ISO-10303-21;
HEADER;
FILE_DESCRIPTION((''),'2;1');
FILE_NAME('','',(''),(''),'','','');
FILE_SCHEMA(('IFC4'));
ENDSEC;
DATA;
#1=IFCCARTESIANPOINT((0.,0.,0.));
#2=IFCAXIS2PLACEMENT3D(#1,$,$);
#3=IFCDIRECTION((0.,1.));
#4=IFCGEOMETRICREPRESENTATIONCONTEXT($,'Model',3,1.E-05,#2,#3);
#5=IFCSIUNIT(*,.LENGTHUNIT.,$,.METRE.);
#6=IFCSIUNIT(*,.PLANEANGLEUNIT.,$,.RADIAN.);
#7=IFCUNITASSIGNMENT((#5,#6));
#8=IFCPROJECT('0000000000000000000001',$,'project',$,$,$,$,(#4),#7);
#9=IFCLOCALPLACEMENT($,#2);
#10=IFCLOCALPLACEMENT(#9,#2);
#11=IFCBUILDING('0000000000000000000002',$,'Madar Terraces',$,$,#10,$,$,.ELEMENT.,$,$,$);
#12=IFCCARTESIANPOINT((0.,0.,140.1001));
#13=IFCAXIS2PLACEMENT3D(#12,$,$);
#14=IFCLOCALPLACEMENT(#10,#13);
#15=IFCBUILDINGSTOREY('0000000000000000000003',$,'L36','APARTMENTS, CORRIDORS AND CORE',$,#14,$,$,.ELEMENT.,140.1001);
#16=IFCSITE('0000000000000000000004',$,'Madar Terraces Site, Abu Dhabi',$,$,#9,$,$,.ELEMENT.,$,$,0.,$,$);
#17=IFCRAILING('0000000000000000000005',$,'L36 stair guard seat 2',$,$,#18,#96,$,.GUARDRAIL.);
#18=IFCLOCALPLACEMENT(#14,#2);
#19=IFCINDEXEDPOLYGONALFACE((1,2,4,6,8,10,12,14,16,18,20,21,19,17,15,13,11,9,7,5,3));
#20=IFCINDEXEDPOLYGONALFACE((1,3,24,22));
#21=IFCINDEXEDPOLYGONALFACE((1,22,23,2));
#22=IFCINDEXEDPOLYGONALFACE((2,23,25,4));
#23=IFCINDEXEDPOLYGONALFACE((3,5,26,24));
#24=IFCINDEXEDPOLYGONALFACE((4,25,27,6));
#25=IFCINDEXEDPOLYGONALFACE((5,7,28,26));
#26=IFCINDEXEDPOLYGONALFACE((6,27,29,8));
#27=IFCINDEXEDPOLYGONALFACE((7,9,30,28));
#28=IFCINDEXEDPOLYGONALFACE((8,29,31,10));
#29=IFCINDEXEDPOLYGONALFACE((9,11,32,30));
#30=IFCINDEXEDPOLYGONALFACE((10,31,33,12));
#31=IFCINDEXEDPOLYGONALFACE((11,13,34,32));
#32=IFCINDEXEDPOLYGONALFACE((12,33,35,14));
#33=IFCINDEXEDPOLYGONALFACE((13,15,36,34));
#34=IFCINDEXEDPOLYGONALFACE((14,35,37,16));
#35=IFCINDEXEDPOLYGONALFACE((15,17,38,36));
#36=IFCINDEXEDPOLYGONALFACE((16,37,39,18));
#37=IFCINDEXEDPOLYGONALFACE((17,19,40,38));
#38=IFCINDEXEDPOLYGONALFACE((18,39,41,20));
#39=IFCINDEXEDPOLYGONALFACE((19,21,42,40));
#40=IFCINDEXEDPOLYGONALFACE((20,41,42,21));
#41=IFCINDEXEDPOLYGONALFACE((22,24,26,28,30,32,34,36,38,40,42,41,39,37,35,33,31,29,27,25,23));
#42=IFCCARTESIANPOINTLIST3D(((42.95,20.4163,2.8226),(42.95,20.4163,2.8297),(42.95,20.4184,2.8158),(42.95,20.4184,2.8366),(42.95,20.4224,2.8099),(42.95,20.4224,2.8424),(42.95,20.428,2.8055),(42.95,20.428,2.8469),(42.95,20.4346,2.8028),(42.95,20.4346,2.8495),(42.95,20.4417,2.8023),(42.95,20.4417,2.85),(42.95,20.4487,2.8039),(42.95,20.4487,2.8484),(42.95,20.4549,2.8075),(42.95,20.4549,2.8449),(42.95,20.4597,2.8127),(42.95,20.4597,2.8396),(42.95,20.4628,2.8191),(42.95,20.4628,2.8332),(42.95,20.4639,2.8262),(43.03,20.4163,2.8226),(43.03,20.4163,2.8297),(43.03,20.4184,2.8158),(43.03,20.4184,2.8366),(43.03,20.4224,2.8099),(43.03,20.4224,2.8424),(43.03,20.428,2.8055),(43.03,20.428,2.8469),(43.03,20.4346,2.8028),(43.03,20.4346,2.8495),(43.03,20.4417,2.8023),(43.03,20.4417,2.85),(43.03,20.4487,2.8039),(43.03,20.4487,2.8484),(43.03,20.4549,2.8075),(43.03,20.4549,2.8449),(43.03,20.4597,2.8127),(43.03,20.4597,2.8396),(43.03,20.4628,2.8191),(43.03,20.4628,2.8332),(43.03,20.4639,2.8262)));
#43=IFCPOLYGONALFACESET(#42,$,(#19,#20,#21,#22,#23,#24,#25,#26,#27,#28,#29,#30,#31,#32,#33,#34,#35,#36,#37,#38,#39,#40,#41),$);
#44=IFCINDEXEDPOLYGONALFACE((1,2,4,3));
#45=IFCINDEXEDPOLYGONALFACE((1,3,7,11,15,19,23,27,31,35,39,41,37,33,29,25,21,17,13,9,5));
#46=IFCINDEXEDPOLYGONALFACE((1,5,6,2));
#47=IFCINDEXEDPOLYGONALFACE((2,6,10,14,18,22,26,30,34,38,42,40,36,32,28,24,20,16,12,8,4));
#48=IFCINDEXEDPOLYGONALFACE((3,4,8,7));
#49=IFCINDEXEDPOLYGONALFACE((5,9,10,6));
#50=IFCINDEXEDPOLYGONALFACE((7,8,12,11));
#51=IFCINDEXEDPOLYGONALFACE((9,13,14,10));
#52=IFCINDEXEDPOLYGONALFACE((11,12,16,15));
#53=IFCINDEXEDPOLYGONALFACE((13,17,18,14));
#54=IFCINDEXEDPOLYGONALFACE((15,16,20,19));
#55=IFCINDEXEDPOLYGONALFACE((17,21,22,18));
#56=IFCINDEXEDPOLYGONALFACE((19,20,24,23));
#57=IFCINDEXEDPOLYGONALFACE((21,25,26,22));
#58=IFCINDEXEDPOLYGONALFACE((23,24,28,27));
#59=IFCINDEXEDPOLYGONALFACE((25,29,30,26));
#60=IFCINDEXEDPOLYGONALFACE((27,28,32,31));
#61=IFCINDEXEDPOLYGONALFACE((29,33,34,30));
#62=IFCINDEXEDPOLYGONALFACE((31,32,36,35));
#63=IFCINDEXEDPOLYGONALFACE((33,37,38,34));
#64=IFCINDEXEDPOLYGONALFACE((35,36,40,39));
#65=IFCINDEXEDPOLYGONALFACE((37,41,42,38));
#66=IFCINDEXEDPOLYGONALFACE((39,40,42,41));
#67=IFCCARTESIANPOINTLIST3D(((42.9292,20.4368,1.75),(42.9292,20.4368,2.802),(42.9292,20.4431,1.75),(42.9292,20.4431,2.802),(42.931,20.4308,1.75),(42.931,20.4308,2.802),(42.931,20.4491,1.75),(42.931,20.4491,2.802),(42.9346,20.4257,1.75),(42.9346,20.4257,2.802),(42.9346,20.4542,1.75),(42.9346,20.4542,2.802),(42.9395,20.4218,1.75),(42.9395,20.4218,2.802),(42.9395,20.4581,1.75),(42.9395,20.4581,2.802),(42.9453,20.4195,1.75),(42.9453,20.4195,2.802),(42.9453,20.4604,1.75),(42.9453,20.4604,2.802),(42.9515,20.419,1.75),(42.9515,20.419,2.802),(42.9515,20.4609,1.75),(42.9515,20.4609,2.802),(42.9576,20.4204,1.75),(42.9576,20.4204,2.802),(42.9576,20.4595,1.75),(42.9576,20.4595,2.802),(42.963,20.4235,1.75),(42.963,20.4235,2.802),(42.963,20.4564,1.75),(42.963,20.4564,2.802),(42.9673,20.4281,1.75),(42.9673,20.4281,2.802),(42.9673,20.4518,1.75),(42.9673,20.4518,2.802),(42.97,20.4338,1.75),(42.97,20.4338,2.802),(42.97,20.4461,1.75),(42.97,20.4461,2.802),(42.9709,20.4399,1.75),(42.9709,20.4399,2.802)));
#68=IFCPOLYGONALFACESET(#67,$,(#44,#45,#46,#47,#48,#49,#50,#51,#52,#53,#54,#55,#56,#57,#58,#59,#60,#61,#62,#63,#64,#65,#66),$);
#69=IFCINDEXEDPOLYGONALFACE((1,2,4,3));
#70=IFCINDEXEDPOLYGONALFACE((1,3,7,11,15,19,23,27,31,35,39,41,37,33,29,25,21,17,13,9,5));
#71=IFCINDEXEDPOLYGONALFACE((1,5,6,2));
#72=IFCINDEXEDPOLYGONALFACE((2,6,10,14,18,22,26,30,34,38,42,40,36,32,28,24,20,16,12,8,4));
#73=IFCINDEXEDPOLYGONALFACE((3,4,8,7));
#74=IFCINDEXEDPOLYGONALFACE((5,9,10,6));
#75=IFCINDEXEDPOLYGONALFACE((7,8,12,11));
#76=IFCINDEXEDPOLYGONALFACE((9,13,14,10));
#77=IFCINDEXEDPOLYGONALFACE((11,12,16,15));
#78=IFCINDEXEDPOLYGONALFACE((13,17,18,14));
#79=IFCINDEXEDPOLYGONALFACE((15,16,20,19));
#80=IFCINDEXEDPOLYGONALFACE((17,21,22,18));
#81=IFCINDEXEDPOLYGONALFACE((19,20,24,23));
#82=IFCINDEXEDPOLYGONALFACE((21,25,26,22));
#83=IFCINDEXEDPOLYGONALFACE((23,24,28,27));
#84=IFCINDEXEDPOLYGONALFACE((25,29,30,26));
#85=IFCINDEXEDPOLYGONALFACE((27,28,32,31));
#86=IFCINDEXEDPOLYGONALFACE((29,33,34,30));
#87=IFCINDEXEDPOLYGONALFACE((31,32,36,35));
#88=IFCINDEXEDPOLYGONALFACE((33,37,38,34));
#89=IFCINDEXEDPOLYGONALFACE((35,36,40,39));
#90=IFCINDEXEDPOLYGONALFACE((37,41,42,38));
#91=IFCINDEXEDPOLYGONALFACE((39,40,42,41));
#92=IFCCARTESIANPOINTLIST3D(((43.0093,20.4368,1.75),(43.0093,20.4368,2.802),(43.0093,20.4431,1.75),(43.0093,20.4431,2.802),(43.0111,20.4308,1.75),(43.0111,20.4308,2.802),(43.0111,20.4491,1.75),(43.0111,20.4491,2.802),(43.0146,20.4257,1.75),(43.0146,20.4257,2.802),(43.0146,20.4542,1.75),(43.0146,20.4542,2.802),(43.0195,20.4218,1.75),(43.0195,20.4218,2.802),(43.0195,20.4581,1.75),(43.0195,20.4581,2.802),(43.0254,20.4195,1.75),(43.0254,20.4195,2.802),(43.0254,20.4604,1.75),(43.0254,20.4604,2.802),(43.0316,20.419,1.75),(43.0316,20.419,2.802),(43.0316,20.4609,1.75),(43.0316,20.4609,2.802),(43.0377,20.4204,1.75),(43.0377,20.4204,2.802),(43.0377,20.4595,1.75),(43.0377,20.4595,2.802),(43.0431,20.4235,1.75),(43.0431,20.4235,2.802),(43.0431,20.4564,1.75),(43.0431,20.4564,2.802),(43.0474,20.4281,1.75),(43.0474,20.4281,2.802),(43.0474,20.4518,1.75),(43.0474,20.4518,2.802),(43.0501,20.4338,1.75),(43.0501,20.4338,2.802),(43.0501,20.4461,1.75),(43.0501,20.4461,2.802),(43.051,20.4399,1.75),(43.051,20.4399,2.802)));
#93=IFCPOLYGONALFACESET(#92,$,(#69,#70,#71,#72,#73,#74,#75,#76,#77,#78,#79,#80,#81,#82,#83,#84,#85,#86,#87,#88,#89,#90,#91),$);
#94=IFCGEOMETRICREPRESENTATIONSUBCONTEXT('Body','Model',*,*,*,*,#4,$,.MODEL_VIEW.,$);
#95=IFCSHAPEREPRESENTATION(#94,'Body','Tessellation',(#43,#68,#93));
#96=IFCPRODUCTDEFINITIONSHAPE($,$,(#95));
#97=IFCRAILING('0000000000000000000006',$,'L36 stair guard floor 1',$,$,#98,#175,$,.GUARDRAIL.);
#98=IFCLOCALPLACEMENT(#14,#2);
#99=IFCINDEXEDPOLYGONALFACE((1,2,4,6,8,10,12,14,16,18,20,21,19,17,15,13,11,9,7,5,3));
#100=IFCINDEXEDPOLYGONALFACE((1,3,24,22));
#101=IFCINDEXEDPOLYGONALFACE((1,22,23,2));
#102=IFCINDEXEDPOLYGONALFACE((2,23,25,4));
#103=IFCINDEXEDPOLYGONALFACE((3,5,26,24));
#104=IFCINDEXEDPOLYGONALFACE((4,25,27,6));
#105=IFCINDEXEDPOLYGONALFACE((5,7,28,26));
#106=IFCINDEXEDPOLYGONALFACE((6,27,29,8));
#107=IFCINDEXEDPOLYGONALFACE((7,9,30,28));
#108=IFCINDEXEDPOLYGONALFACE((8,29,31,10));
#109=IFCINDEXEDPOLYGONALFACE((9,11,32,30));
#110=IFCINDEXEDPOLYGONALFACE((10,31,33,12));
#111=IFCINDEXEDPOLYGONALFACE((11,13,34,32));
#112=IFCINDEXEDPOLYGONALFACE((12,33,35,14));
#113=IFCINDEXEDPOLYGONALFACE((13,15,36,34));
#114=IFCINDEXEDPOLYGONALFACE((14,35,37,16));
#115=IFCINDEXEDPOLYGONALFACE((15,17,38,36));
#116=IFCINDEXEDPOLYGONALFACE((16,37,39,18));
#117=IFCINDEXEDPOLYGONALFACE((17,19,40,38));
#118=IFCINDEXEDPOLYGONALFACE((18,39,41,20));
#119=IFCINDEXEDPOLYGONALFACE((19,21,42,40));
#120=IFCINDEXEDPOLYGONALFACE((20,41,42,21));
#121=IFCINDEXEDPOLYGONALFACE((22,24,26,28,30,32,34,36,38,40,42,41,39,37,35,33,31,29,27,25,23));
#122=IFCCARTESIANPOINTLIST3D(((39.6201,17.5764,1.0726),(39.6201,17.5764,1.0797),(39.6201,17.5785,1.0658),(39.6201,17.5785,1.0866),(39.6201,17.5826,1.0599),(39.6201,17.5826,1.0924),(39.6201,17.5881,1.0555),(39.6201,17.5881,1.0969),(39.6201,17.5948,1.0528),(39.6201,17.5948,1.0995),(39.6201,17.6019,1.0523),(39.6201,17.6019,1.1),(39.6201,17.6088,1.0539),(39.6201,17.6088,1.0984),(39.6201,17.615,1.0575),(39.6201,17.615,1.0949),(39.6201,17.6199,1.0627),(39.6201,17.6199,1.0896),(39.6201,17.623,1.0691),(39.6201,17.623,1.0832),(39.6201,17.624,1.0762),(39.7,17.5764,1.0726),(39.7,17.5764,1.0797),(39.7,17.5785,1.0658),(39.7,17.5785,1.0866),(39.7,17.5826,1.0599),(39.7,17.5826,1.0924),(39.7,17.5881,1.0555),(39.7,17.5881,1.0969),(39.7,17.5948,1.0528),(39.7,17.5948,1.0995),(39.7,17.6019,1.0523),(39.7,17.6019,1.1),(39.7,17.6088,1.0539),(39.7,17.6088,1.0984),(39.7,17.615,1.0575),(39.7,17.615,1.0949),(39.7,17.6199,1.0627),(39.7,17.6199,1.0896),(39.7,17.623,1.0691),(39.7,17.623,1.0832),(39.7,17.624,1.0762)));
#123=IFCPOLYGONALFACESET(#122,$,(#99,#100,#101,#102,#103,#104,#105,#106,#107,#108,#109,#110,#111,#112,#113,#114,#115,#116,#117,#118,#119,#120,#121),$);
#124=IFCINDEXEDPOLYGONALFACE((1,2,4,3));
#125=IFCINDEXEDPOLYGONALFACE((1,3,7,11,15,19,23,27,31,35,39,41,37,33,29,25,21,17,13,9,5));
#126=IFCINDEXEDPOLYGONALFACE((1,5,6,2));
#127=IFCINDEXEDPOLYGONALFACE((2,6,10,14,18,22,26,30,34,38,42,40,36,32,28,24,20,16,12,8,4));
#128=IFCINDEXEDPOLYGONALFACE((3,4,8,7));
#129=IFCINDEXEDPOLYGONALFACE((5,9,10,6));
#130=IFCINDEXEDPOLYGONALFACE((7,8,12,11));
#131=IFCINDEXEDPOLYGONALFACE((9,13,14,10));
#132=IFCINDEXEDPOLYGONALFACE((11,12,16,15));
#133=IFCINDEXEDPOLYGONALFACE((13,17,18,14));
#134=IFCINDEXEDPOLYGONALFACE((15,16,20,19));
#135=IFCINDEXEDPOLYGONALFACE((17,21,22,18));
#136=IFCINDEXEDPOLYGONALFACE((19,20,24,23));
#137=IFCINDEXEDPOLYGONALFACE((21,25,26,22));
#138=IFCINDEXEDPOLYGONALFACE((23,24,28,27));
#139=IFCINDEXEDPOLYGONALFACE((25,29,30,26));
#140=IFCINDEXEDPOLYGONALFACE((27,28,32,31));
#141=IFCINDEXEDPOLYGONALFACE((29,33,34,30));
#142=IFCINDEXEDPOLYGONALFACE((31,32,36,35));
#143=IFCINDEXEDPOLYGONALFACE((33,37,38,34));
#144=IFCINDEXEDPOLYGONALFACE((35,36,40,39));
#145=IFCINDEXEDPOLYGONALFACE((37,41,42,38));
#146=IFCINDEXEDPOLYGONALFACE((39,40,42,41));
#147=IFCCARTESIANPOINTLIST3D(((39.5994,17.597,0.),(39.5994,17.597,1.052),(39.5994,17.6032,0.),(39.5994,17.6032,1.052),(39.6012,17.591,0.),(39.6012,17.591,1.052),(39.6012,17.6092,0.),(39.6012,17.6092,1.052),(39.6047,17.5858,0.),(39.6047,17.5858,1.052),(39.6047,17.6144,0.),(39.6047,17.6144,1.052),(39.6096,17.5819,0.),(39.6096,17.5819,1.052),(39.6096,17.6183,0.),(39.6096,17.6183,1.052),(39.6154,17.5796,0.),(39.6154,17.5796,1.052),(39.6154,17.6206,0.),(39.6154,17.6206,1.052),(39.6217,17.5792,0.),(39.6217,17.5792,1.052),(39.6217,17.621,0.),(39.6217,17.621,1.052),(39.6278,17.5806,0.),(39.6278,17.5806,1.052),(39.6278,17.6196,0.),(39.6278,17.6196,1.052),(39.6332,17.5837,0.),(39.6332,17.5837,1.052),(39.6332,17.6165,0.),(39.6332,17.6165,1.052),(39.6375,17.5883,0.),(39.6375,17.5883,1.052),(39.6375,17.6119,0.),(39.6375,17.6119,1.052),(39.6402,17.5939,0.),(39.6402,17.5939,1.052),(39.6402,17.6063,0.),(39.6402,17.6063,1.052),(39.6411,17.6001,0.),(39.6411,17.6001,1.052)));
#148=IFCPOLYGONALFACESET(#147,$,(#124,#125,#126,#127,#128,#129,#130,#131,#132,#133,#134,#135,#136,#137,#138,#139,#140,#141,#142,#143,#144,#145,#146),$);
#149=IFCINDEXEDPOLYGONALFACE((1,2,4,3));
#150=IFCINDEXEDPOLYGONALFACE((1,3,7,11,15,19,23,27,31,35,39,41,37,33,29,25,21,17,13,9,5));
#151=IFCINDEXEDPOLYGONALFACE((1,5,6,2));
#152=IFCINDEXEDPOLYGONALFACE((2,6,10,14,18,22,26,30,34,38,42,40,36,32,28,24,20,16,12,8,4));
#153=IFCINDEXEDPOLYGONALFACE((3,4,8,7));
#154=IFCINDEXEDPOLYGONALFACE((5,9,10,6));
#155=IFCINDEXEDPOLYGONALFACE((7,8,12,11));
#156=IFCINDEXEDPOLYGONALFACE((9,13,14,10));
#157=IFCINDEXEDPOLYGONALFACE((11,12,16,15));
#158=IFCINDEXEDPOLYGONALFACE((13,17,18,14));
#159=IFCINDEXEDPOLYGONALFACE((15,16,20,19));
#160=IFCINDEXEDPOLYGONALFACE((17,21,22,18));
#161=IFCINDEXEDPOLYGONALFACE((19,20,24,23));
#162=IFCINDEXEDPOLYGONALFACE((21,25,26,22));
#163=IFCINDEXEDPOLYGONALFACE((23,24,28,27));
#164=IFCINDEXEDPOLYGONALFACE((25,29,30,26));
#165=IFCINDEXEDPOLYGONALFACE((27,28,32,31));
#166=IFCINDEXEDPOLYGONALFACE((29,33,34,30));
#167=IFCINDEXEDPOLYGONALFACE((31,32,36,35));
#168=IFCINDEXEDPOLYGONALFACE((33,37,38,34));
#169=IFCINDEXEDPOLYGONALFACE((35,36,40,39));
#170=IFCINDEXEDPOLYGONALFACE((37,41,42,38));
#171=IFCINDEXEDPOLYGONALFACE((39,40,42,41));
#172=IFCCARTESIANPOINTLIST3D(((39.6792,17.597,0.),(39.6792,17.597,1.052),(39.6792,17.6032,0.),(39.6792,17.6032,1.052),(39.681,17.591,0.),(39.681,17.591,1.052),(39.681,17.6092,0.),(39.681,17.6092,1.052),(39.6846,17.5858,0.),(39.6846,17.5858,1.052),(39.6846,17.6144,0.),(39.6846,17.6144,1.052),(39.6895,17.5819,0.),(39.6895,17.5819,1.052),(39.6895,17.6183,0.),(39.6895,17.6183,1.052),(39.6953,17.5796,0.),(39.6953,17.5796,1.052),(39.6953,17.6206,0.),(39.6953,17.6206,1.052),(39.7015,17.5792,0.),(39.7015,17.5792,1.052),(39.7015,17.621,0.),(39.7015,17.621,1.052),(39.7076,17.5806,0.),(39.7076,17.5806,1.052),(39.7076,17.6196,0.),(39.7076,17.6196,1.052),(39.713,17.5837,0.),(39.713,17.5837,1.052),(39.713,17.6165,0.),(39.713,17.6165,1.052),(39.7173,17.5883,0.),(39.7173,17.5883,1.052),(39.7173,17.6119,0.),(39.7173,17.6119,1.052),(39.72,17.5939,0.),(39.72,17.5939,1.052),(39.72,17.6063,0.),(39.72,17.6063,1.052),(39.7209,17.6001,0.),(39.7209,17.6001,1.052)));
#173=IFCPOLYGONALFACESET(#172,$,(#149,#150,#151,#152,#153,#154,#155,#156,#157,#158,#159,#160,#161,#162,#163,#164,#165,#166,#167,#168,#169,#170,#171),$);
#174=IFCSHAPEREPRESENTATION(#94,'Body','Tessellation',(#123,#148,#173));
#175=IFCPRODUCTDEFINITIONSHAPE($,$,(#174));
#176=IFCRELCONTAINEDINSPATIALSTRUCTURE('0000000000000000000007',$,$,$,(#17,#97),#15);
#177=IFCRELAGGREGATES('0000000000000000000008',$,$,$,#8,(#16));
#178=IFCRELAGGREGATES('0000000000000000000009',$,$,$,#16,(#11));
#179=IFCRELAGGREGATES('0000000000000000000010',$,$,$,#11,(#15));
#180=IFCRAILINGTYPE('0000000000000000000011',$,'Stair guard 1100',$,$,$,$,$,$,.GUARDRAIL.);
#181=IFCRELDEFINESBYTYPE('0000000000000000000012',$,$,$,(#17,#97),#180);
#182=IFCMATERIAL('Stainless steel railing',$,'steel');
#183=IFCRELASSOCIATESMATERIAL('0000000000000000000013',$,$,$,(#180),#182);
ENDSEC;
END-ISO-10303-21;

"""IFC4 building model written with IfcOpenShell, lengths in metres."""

from ifc_helpers import new_model, si_unit, direction, frame, origin, origin_2d, place, context, subcontext, project, spatial, circle, extrude, material, type_object, element, save


model = new_model("IFC4")

# Units and contexts
model_context = context("Model", 3, precision=1e-05, world=origin(), true_north=direction((0.0, 1.0)))
body_context = subcontext(model_context, "Body", "Model", "MODEL_VIEW")
ifc_project = project(units=[si_unit("LENGTHUNIT", "METRE"), si_unit("PLANEANGLEUNIT", "RADIAN")], contexts=[model_context])

# Site, building, storey
site_placement = place(None, origin())
site = spatial("IfcSite", under=ifc_project, at=site_placement, Name="Madar Terraces Site, Abu Dhabi", CompositionType="ELEMENT", RefElevation=0.0)
building_placement = place(site_placement, origin())
building = spatial("IfcBuilding", under=site, at=building_placement, Name="Madar Terraces", CompositionType="ELEMENT")
storey_placement = place(building_placement, frame((0.0, 0.0, 140.1001)))
storey = spatial("IfcBuildingStorey", under=building, at=storey_placement, Name="L36", Description="APARTMENTS, CORRIDORS AND CORE", CompositionType="ELEMENT", Elevation=140.1001)

# Railings
ifc_material_1 = material(Name="Stainless steel railing", Category="steel")
railing_type_1 = type_object("IfcRailingType", Name="Stair guard 1100", PredefinedType="GUARDRAIL", material=ifc_material_1)
railing_1_placement = place(storey_placement, frame((42.95, 20.4399, 1.75)))
element("IfcRailing", 1, at=railing_1_placement, inside=storey, type_object=railing_type_1, Name="L36 stair guard seat 2", PredefinedType="GUARDRAIL", context=body_context, shape_type="SweptSolid", body=[
    extrude(circle(Radius=0.0239, at=origin_2d()), frame((0.0, 0.0, 1.0762), z_axis=(1.0, 0.0, 0.0), x_axis=(0.0, 1.0, 0.0)), (0.0, 0.0, 1.0), 0.0801),
    extrude(circle(Radius=0.021, at=origin_2d()), origin(), (0.0, 0.0, 1.0), 1.052),
    extrude(circle(Radius=0.021, at=origin_2d()), frame((0.0801, 0.0, 0.0)), (0.0, 0.0, 1.0), 1.052),
])
railing_2_placement = place(storey_placement, frame((39.6201, 17.6001, 0.0)))
element("IfcRailing", 2, at=railing_2_placement, inside=storey, type_object=railing_type_1, Name="L36 stair guard floor 1", PredefinedType="GUARDRAIL", context=body_context, shape_type="SweptSolid", body=[
    extrude(circle(Radius=0.0239, at=origin_2d()), frame((0.0, 0.0, 1.0762), z_axis=(1.0, 0.0, 0.0), x_axis=(0.0, 1.0, 0.0)), (0.0, 0.0, 1.0), 0.0798),
    extrude(circle(Radius=0.021, at=origin_2d()), origin(), (0.0, 0.0, 1.0), 1.052),
    extrude(circle(Radius=0.021, at=origin_2d()), frame((0.0798, 0.0, 0.0)), (0.0, 0.0, 1.0), 1.052),
])

save(model, "model.ifc")
